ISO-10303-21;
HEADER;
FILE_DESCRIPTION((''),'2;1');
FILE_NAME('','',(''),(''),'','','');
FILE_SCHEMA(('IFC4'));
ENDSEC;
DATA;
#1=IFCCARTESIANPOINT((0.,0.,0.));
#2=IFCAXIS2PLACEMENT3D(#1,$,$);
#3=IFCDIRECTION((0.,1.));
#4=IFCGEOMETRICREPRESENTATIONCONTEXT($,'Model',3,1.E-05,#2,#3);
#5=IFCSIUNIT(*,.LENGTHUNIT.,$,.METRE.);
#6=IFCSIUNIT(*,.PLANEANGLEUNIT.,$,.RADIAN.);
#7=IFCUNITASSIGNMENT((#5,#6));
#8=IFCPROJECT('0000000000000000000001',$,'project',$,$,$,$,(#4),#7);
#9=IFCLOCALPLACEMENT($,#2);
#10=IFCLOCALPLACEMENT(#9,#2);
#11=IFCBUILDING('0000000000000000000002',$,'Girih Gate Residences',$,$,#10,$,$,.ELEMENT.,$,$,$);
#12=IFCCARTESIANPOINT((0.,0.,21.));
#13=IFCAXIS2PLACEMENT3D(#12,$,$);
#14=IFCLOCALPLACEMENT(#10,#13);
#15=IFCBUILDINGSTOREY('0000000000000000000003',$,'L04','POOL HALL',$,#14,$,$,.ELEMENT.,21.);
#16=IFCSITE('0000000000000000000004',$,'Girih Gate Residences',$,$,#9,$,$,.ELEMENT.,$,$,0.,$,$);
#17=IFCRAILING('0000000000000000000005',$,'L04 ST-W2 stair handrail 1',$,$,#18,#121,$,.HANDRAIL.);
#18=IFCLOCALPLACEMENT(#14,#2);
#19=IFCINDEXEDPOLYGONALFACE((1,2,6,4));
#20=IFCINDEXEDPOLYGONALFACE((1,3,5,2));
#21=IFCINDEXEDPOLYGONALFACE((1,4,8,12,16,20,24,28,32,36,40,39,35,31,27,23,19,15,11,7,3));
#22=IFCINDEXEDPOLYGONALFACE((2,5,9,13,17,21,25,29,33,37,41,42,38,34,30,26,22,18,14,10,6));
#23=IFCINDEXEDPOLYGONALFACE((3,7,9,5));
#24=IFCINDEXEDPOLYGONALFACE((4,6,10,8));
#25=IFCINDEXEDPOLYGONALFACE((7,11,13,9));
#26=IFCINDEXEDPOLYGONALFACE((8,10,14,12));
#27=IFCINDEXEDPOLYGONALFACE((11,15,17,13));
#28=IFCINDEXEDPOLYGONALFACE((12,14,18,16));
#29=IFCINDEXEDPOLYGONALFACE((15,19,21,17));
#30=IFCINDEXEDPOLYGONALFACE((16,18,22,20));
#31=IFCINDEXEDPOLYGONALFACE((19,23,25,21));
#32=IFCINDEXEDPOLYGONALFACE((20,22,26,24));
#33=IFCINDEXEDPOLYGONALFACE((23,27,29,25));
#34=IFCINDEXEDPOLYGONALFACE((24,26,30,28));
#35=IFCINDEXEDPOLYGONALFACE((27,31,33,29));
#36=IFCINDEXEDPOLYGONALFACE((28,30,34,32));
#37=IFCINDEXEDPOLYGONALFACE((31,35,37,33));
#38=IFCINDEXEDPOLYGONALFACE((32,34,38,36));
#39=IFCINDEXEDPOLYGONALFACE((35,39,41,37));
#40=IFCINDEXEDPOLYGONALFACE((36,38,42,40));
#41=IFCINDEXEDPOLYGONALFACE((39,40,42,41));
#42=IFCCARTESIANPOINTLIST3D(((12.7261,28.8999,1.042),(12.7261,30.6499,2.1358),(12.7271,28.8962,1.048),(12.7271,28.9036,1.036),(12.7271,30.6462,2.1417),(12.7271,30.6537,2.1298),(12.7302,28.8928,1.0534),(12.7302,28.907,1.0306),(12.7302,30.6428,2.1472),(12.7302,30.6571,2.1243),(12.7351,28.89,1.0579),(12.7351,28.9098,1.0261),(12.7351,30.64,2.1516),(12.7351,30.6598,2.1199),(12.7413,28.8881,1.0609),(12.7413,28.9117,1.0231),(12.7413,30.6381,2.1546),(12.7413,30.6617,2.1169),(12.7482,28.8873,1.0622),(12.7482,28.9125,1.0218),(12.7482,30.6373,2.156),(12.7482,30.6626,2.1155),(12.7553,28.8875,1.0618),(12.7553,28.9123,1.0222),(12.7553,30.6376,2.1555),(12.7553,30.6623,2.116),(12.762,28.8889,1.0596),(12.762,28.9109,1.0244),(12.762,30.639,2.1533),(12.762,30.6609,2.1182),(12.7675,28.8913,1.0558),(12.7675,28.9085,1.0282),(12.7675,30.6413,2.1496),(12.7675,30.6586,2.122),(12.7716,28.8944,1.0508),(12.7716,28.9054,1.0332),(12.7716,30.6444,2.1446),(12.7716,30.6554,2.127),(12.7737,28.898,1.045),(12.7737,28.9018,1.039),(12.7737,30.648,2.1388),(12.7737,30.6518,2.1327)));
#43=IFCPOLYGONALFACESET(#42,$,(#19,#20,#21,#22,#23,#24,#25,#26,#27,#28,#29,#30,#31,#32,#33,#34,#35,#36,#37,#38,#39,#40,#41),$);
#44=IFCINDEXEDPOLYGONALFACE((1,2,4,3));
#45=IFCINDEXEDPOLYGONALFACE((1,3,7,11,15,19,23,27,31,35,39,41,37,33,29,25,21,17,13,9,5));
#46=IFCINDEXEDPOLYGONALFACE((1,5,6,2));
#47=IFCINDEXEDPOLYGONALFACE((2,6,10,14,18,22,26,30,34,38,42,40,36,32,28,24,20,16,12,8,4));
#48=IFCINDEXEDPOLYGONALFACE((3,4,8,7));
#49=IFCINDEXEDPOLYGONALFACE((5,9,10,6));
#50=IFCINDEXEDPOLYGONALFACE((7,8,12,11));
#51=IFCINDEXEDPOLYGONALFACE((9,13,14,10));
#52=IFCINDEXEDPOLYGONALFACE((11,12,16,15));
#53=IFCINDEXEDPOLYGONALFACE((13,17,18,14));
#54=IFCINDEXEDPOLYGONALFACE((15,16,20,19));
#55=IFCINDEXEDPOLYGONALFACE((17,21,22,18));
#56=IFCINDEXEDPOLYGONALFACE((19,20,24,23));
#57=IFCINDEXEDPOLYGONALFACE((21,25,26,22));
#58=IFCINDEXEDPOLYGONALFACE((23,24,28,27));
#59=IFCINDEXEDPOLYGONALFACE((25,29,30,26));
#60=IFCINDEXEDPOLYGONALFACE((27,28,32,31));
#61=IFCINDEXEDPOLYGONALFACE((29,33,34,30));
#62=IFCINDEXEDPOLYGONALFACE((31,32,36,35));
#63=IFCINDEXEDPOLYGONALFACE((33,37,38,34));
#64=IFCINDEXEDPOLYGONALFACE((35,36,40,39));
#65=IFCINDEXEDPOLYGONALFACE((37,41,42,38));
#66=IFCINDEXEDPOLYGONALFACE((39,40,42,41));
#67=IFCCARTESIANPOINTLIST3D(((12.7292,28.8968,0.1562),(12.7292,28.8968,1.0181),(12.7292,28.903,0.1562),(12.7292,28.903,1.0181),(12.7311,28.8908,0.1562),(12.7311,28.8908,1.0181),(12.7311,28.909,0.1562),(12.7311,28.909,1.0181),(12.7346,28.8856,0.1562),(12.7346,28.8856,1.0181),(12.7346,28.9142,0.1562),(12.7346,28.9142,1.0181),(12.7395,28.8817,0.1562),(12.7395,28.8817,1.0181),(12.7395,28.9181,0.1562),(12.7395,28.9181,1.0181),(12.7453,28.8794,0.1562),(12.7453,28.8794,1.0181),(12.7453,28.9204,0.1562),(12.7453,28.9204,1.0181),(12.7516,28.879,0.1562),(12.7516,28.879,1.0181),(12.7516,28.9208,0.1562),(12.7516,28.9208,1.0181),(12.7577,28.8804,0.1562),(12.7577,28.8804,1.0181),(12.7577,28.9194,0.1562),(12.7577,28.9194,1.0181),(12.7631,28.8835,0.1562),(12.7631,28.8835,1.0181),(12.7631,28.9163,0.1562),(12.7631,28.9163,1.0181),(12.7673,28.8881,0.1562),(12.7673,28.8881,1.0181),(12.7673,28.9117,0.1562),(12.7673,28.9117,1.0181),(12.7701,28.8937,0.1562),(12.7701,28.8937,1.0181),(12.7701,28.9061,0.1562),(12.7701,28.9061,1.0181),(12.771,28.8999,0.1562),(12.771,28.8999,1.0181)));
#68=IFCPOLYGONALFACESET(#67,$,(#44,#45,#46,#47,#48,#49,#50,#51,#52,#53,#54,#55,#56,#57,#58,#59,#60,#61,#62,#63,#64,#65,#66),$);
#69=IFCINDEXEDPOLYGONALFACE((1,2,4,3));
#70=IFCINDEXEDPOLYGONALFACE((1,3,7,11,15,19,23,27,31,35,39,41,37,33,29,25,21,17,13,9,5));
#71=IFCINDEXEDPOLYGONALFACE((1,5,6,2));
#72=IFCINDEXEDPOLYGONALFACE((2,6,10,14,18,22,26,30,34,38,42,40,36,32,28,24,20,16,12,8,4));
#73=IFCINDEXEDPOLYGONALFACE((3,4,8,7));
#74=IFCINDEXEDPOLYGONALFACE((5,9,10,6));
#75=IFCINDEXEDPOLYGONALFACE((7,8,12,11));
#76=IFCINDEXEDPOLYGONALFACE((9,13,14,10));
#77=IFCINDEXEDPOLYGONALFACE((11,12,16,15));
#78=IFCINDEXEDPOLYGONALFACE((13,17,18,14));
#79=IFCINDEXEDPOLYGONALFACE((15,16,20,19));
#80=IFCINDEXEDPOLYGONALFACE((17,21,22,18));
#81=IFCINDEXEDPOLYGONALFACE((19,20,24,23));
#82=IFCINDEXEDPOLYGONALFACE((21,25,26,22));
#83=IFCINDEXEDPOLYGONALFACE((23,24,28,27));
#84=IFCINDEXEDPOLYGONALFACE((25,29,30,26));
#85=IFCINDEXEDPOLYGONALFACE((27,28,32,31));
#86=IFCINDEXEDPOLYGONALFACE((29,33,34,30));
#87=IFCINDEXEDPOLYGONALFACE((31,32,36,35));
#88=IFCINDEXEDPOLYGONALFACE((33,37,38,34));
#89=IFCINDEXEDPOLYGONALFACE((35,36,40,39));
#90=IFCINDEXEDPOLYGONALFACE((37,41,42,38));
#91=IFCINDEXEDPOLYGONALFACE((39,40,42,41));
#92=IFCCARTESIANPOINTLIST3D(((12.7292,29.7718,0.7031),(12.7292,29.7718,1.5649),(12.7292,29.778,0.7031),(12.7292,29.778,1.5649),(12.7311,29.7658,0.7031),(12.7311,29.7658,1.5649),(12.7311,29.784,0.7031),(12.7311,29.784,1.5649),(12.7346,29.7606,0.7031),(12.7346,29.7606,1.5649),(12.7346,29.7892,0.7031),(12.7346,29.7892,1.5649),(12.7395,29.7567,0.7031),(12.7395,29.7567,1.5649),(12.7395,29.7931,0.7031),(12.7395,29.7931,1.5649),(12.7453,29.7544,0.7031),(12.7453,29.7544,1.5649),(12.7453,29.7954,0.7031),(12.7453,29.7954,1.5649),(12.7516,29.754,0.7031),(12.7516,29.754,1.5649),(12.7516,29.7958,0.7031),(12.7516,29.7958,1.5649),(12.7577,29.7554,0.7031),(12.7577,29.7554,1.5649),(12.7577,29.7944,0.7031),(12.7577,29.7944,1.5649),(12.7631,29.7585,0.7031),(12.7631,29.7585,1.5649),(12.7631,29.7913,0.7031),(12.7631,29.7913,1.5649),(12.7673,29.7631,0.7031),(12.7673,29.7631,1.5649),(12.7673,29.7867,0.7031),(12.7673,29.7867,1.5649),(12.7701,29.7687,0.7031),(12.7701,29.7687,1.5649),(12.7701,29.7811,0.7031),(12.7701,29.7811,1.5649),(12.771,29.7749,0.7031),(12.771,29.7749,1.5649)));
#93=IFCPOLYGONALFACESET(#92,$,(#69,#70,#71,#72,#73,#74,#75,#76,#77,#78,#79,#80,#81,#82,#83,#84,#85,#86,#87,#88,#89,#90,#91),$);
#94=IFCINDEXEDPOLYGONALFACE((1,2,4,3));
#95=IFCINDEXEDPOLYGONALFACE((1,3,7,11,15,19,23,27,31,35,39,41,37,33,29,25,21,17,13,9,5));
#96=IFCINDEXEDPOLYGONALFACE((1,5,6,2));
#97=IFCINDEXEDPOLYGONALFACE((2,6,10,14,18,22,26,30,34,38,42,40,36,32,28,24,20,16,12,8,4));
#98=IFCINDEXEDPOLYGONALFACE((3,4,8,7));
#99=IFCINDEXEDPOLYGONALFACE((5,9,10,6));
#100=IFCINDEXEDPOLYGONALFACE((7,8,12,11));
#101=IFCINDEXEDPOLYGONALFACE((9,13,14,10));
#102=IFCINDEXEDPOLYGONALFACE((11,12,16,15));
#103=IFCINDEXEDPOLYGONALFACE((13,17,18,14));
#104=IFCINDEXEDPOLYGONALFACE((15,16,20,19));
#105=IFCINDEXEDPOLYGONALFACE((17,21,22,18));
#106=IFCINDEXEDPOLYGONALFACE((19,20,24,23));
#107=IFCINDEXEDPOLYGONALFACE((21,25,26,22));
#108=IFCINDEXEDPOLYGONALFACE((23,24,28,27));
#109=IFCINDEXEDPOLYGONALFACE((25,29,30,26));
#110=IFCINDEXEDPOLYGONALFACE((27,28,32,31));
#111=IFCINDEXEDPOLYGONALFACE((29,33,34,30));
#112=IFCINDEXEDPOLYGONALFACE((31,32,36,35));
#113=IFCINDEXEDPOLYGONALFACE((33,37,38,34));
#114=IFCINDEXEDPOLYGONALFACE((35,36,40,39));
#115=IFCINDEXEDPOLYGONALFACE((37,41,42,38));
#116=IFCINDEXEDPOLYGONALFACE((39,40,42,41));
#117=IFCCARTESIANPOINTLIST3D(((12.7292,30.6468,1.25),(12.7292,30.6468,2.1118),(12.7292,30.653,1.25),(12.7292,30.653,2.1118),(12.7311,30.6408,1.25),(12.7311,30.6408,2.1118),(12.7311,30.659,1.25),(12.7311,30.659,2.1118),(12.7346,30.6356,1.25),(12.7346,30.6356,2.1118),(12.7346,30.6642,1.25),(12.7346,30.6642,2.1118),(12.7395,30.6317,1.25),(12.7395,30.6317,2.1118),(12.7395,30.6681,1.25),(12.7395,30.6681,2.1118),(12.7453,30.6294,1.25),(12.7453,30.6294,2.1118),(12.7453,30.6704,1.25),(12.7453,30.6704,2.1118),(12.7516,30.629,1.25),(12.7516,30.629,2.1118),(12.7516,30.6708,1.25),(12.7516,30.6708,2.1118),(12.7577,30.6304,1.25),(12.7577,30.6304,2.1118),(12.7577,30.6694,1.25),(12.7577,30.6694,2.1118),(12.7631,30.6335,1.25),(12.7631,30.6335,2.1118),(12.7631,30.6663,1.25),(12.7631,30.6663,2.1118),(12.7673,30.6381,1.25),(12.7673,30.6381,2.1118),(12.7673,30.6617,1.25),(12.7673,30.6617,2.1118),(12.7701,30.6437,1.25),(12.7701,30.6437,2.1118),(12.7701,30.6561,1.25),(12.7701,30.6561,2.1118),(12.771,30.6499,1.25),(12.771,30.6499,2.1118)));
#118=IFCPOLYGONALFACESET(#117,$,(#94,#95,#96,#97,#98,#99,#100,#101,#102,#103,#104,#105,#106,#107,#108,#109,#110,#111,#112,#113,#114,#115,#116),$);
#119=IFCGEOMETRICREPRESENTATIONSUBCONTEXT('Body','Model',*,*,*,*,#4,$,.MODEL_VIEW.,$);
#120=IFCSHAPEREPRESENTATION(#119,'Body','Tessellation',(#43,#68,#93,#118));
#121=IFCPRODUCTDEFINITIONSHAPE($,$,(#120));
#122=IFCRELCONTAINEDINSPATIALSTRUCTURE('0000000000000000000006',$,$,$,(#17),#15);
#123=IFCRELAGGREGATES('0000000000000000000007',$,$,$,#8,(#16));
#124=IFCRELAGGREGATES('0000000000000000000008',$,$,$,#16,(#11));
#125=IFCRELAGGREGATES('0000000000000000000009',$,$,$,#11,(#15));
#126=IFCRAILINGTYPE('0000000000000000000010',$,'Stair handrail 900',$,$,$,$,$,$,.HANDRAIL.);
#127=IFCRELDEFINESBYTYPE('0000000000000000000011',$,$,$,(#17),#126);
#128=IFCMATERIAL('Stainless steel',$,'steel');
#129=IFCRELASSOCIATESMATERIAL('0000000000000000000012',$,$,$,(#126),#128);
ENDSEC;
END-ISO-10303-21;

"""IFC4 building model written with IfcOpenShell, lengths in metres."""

from ifc_helpers import new_model, si_unit, direction, frame, origin, origin_2d, place, context, subcontext, project, spatial, circle, extrude, material, type_object, element, save


model = new_model("IFC4")

# Units and contexts
model_context = context("Model", 3, precision=1e-05, world=origin(), true_north=direction((0.0, 1.0)))
body_context = subcontext(model_context, "Body", "Model", "MODEL_VIEW")
ifc_project = project(units=[si_unit("LENGTHUNIT", "METRE"), si_unit("PLANEANGLEUNIT", "RADIAN")], contexts=[model_context])

# Site, building, storey
site_placement = place(None, origin())
site = spatial("IfcSite", under=ifc_project, at=site_placement, Name="Girih Gate Residences", CompositionType="ELEMENT", RefElevation=0.0)
building_placement = place(site_placement, origin())
building = spatial("IfcBuilding", under=site, at=building_placement, Name="Girih Gate Residences", CompositionType="ELEMENT")
storey_placement = place(building_placement, frame((0.0, 0.0, 21.0)))
storey = spatial("IfcBuildingStorey", under=building, at=storey_placement, Name="L04", Description="POOL HALL", CompositionType="ELEMENT", Elevation=21.0)

# Railing
ifc_material_1 = material(Name="Stainless steel", Category="steel")
railing_type_1 = type_object("IfcRailingType", Name="Stair handrail 900", PredefinedType="HANDRAIL", material=ifc_material_1)
railing_1_placement = place(storey_placement, frame((12.75, 28.8999, 0.1562)))
element("IfcRailing", 1, at=railing_1_placement, inside=storey, type_object=railing_type_1, Name="L04 ST-W2 stair handrail 1", PredefinedType="HANDRAIL", context=body_context, shape_type="SweptSolid", body=[
    extrude(circle(Radius=0.0239, at=origin_2d()), frame((0.0, 0.0, 0.8857), z_axis=(0.0, 0.847998, 0.529999), x_axis=(-1.0, 0.0, 0.0)), (0.0, 0.0, 1.0), 2.0637),
    extrude(circle(Radius=0.021, at=origin_2d()), origin(), (0.0, 0.0, 1.0), 0.8618),
    extrude(circle(Radius=0.021, at=origin_2d()), frame((0.0, 0.875, 0.5469)), (0.0, 0.0, 1.0), 0.8618),
    extrude(circle(Radius=0.021, at=origin_2d()), frame((0.0, 1.75, 1.0938)), (0.0, 0.0, 1.0), 0.8618),
])

save(model, "model.ifc")
